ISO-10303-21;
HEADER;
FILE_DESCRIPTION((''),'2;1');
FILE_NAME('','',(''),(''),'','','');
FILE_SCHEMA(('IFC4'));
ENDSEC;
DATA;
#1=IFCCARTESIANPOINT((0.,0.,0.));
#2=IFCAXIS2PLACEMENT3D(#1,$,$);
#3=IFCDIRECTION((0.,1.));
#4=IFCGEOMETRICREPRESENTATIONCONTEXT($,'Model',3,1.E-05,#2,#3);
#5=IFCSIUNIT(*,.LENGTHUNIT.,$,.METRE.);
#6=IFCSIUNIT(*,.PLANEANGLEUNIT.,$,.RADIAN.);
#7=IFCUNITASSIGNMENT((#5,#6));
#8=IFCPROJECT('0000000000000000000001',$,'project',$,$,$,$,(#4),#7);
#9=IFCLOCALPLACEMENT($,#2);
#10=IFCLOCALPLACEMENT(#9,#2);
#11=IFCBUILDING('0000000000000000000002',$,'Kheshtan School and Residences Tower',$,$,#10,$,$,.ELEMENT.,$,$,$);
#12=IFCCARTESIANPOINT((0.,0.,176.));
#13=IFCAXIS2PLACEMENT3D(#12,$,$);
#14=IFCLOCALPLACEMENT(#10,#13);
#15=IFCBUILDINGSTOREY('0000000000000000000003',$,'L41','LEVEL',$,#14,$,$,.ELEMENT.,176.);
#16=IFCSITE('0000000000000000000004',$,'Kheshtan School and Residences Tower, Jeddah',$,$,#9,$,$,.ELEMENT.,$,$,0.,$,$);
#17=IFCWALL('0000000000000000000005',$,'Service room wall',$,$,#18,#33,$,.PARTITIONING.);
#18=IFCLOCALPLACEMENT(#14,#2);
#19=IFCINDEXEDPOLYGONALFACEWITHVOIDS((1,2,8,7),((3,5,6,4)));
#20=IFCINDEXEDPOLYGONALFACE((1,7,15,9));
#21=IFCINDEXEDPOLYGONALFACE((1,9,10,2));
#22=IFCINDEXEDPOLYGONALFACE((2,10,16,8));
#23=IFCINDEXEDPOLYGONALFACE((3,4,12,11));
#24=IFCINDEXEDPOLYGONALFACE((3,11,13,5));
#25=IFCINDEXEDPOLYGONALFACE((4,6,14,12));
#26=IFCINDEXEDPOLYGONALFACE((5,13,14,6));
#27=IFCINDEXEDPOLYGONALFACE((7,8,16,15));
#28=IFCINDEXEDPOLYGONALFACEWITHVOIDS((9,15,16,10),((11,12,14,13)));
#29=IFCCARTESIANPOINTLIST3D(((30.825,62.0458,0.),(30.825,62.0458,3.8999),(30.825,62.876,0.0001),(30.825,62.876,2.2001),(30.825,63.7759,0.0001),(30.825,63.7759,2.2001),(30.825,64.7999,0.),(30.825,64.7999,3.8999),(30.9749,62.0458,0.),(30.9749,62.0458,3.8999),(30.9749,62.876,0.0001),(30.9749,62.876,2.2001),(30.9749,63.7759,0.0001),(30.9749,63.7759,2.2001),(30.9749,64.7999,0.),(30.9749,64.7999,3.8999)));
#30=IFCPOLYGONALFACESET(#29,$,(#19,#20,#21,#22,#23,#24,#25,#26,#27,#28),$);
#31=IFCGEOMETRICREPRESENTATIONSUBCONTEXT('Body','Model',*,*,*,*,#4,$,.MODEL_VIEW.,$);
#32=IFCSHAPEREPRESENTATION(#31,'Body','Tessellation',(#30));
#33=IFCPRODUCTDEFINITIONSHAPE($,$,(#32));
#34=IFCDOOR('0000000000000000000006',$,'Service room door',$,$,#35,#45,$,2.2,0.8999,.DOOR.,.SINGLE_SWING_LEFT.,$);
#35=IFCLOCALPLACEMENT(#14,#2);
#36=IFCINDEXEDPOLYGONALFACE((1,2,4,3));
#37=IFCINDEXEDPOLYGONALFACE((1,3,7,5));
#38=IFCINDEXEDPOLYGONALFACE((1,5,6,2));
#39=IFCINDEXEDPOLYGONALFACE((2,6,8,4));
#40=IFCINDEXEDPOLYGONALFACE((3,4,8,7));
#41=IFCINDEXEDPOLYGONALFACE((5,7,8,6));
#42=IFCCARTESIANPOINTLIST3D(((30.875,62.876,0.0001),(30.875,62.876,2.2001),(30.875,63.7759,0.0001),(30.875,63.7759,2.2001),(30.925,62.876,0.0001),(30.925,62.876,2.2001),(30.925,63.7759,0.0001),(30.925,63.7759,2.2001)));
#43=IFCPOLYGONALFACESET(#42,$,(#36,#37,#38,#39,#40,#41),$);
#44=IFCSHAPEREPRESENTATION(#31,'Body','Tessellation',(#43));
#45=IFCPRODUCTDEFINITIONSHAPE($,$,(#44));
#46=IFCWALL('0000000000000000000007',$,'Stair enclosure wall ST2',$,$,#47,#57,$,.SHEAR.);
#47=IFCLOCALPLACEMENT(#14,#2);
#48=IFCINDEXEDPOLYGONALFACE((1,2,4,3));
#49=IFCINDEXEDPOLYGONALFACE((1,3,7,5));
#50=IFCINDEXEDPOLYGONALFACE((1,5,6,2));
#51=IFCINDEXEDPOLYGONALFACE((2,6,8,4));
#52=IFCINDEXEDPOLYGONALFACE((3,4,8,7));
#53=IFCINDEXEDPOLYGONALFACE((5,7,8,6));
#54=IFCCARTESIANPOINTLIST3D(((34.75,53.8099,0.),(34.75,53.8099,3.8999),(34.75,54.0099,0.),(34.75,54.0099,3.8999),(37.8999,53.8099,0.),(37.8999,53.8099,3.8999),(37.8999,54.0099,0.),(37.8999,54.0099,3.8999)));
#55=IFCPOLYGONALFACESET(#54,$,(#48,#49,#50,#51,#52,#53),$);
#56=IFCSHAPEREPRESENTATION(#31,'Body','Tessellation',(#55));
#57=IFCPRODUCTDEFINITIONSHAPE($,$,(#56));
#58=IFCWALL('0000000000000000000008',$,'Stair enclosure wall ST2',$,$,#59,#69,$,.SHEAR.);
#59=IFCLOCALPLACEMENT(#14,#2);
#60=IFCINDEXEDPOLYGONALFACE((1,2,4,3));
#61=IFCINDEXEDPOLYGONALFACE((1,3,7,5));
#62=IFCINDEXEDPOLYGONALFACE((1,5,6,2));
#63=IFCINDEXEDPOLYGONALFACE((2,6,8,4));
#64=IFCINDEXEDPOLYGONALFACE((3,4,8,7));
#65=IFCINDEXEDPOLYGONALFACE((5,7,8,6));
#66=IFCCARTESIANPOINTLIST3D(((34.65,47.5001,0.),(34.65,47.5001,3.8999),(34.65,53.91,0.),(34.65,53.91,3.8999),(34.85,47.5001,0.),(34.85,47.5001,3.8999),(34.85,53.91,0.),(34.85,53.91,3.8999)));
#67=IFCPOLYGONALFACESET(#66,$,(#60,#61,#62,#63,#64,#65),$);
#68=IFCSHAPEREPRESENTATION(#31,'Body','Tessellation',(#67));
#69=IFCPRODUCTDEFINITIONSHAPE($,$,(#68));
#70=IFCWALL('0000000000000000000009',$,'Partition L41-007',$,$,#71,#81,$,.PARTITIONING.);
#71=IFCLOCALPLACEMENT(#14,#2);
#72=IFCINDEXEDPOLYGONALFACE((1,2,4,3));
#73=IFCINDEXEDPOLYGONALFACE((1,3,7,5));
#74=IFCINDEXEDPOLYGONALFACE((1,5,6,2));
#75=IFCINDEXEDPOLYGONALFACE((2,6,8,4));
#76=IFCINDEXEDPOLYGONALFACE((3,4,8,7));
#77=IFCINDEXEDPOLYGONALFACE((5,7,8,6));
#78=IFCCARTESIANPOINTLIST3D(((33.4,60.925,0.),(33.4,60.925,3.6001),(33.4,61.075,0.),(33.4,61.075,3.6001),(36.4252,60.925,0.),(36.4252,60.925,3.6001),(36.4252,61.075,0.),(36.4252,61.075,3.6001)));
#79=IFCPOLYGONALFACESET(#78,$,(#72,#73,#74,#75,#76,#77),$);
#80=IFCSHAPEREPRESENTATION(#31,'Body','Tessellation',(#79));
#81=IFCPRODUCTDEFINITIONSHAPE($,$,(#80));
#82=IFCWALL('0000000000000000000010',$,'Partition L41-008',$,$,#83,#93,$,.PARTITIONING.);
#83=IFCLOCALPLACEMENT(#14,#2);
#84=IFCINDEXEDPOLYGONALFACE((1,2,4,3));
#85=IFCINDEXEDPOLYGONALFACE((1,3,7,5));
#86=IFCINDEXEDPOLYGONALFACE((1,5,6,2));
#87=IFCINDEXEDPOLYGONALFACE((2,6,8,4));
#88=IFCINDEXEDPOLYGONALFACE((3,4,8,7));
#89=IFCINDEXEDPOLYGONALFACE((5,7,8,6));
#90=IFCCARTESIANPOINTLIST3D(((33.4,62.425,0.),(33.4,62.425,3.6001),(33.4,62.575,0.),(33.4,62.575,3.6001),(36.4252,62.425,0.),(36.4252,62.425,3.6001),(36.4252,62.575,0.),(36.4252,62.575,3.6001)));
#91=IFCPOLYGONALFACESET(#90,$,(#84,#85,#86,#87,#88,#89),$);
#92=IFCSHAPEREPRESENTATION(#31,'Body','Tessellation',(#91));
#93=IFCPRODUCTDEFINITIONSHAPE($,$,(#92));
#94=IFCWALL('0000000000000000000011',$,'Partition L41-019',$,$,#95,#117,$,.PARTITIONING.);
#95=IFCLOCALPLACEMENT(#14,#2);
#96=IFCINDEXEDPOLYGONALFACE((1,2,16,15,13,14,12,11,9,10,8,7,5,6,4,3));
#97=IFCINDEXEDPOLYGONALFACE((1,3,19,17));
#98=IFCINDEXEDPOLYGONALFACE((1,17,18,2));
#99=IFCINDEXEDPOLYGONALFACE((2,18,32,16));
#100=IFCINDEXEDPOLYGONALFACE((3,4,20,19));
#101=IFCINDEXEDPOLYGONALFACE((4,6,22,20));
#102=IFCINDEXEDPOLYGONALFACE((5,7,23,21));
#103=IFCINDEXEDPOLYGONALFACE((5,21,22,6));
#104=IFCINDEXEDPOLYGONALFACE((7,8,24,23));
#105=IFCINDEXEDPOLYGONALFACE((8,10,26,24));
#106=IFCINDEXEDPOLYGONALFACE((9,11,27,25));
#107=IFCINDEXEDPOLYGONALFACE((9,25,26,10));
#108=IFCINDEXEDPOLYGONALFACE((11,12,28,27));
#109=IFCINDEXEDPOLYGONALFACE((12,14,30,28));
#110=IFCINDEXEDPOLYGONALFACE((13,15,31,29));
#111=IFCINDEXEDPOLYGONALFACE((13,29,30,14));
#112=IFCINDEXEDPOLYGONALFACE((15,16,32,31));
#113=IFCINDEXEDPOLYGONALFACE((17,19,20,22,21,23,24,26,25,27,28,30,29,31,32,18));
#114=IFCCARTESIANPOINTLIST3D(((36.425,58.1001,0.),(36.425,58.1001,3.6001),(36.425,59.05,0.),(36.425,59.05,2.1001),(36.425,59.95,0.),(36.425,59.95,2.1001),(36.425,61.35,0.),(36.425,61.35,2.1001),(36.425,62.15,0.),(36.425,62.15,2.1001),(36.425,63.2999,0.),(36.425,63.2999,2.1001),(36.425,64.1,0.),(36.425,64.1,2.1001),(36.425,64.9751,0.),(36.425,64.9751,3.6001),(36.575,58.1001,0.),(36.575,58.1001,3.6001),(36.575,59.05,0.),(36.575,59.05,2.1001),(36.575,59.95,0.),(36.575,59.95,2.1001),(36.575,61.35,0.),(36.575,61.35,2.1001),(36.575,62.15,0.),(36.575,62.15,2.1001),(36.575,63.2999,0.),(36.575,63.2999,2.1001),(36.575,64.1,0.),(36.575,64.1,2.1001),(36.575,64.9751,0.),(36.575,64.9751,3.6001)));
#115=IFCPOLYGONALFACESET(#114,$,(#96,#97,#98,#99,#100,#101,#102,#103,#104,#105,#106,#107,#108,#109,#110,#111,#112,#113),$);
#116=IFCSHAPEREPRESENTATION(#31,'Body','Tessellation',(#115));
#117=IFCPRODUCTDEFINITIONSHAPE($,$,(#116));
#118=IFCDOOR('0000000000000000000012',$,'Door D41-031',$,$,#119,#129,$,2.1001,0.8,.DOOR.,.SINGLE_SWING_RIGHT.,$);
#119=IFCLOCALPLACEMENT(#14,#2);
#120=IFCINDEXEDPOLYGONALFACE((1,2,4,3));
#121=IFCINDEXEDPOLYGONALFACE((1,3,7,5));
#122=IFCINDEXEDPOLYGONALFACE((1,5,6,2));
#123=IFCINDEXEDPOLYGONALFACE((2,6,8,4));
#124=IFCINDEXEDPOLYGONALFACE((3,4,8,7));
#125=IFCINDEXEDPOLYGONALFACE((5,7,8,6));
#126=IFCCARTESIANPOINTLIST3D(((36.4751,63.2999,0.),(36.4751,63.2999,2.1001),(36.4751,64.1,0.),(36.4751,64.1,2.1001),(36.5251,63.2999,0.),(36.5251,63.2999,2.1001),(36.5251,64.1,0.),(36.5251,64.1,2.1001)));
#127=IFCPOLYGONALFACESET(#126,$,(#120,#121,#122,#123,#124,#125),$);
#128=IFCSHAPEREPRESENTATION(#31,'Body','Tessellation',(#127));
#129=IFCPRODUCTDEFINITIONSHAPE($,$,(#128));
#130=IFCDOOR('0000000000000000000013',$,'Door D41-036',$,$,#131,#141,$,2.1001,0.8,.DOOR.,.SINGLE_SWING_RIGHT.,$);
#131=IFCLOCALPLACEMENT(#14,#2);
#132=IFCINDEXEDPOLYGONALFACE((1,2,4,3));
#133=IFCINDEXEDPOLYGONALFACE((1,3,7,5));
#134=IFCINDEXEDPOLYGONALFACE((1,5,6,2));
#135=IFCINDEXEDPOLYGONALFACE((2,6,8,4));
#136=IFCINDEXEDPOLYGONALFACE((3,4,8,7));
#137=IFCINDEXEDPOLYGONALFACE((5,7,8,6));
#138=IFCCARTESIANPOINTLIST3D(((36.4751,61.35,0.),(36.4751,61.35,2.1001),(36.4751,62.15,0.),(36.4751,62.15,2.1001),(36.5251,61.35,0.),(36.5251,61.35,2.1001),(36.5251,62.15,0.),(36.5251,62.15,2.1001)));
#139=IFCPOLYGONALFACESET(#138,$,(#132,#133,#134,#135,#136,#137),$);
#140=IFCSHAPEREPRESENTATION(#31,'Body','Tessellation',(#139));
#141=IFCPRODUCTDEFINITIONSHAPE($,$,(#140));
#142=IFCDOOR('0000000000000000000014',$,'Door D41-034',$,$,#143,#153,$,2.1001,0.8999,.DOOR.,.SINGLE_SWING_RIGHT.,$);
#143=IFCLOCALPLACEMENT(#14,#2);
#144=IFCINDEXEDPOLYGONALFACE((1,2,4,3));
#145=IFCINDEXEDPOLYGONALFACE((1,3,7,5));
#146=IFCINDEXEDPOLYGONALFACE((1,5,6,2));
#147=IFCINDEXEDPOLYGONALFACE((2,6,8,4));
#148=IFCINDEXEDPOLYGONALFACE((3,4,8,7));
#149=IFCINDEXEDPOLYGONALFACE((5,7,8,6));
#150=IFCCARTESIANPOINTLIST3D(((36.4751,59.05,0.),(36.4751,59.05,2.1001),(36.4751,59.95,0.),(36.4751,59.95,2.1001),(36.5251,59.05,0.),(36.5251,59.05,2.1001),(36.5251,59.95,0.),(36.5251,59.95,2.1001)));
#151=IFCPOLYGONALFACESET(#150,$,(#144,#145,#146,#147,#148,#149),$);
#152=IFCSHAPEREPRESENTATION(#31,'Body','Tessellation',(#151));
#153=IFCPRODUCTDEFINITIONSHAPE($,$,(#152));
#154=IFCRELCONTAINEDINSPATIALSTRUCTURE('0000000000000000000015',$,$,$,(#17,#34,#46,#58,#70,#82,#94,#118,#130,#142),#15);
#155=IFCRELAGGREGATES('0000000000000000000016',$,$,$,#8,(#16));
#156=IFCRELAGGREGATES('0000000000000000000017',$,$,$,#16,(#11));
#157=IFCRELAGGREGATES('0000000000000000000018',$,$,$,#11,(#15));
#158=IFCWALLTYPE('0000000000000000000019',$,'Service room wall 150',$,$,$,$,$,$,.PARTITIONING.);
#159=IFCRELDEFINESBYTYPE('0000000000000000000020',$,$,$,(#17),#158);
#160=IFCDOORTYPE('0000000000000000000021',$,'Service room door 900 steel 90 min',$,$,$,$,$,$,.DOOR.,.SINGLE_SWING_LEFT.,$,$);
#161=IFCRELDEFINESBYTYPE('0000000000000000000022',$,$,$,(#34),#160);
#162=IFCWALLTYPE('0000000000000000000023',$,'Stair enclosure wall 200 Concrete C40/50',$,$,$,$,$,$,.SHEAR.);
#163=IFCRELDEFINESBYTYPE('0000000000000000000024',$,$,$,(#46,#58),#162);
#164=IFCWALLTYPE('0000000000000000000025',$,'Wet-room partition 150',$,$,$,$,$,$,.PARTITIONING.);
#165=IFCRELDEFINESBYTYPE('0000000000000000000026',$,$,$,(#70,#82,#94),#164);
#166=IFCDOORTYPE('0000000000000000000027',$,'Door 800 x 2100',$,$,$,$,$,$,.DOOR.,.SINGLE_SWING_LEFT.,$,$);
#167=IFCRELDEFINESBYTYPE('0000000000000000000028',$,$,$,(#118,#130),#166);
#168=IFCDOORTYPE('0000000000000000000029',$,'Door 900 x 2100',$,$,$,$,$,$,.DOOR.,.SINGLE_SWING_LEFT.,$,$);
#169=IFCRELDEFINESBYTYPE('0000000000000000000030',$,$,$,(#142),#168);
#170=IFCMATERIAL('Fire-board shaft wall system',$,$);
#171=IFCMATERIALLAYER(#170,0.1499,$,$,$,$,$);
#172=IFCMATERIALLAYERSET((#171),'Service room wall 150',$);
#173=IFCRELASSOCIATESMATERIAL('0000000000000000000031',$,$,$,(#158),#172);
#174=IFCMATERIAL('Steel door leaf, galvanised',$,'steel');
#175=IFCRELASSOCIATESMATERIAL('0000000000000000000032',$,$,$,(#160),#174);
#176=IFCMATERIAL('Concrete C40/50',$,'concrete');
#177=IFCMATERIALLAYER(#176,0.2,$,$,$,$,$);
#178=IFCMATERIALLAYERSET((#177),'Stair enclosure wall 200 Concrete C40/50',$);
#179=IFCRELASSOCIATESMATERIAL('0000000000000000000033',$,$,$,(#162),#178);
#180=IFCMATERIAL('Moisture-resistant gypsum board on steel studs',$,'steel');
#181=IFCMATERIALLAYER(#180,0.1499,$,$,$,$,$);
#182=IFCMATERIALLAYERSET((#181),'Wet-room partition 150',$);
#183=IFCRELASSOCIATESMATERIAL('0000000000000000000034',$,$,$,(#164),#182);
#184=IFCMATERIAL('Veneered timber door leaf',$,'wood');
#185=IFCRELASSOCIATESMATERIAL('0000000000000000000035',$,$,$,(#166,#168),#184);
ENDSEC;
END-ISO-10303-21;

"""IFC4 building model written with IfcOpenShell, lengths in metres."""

from ifc_helpers import new_model, si_unit, direction, frame, frame_2d, origin, place, context, subcontext, project, spatial, rectangle, extrude, source, transform, mapped, material, layer, layer_set, type_object, element, fill, save


model = new_model("IFC4")

# Units and contexts
model_context = context("Model", 3, precision=1e-05, world=origin(), true_north=direction((0.0, 1.0)))
body_context = subcontext(model_context, "Body", "Model", "MODEL_VIEW")
ifc_project = project(units=[si_unit("LENGTHUNIT", "METRE"), si_unit("PLANEANGLEUNIT", "RADIAN")], contexts=[model_context])

# Site, building, storey
site_placement = place(None, origin())
site = spatial("IfcSite", under=ifc_project, at=site_placement, Name="Kheshtan School and Residences Tower, Jeddah", CompositionType="ELEMENT", RefElevation=0.0)
building_placement = place(site_placement, origin())
building = spatial("IfcBuilding", under=site, at=building_placement, Name="Kheshtan School and Residences Tower", CompositionType="ELEMENT")
storey_placement = place(building_placement, frame((0.0, 0.0, 176.0)))
storey = spatial("IfcBuildingStorey", under=building, at=storey_placement, Name="L41", Description="LEVEL", CompositionType="ELEMENT", Elevation=176.0)

# Shared definitions
ifc_material_1 = material(Name="Fire-board shaft wall system")
ifc_layer_1 = layer(ifc_material_1, 0.1499)
ifc_layer_set_1 = layer_set([ifc_layer_1], Name="Service room wall 150")
wall_type_1 = type_object("IfcWallType", Name="Service room wall 150", PredefinedType="PARTITIONING", material=ifc_layer_set_1)

# Wall, opening, door
wall_1_placement = place(storey_placement, frame((30.8999, 62.0459, 0.0), z_axis=(0.0, 0.0, 1.0), x_axis=(0.0, 1.0, 0.0)))
wall_1 = element("IfcWall", 1, at=wall_1_placement, inside=storey, type_object=wall_type_1, Name="Service room wall", PredefinedType="PARTITIONING", context=body_context, shape_type="SweptSolid", body=[
    extrude(rectangle(XDim=2.7542, YDim=0.1499, at=frame_2d((1.377, 0.0))), origin(), (0.0, 0.0, 1.0), 3.8999),
])
opening_1_placement = place(wall_1_placement, frame((0.8301, 0.0, 0.0)))
opening_1 = element("IfcOpeningElement", 2, at=opening_1_placement, cuts=wall_1, PredefinedType="OPENING", context=body_context, shape_type="SweptSolid", body=[
    extrude(rectangle(XDim=0.8999, YDim=2.2, at=frame_2d((0.45, 1.1001))), frame((0.0, 0.085, 0.0), z_axis=(0.0, -1.0, 0.0), x_axis=(1.0, 0.0, 0.0)), (0.0, 0.0, 1.0), 0.1699),
])
ifc_material_2 = material(Name="Steel door leaf, galvanised", Category="steel")
door_type_1 = type_object("IfcDoorType", Name="Service room door 900 steel 90 min", OperationType="SINGLE_SWING_LEFT", PredefinedType="DOOR", material=ifc_material_2)
shared_shape_1 = source(origin(), body_context, "Body", "SweptSolid", [
    extrude(rectangle(XDim=0.8999, YDim=2.2, at=frame_2d((0.45, 1.1001))), frame((0.0, 0.0249, 0.0), z_axis=(0.0, -1.0, 0.0), x_axis=(1.0, 0.0, 0.0)), (0.0, 0.0, 1.0), 0.05),
])
door_1_placement = place(opening_1_placement, origin())
door_1 = element("IfcDoor", 3, at=door_1_placement, inside=storey, type_object=door_type_1, Name="Service room door", OperationType="SINGLE_SWING_LEFT", OverallHeight=2.2, OverallWidth=0.8999, PredefinedType="DOOR", context=body_context, shape_type="MappedRepresentation", body=[
    mapped(shared_shape_1, transform((0.0, 0.0, 0.0), x_axis=(1.0, 0.0, 0.0), y_axis=(0.0, 1.0, 0.0), z_axis=(0.0, 0.0, 1.0), scale=1.0)),
])
fill(opening_1, door_1)

# Walls
ifc_material_3 = material(Name="Concrete C40/50", Category="concrete")
ifc_layer_2 = layer(ifc_material_3, 0.2)
ifc_layer_set_2 = layer_set([ifc_layer_2], Name="Stair enclosure wall 200 Concrete C40/50")
wall_type_2 = type_object("IfcWallType", Name="Stair enclosure wall 200 Concrete C40/50", PredefinedType="SHEAR", material=ifc_layer_set_2)
wall_2_placement = place(storey_placement, frame((34.75, 53.9099, 0.0), z_axis=(0.0, 0.0, 1.0), x_axis=(1.0, 0.0, 0.0)))
element("IfcWall", 4, at=wall_2_placement, inside=storey, type_object=wall_type_2, Name="Stair enclosure wall ST2", PredefinedType="SHEAR", context=body_context, shape_type="SweptSolid", body=[
    extrude(rectangle(XDim=3.1499, YDim=0.2, at=frame_2d((1.575, 0.0))), origin(), (0.0, 0.0, 1.0), 3.8999),
])
wall_3_placement = place(storey_placement, frame((34.75, 47.5, 0.0), z_axis=(0.0, 0.0, 1.0), x_axis=(0.0, 1.0, 0.0)))
element("IfcWall", 5, at=wall_3_placement, inside=storey, type_object=wall_type_2, Name="Stair enclosure wall ST2", PredefinedType="SHEAR", context=body_context, shape_type="SweptSolid", body=[
    extrude(rectangle(XDim=6.4099, YDim=0.2, at=frame_2d((3.2051, 0.0))), origin(), (0.0, 0.0, 1.0), 3.8999),
])
ifc_material_4 = material(Name="Moisture-resistant gypsum board on steel studs", Category="steel")
ifc_layer_3 = layer(ifc_material_4, 0.1499)
ifc_layer_set_3 = layer_set([ifc_layer_3], Name="Wet-room partition 150")
wall_type_3 = type_object("IfcWallType", Name="Wet-room partition 150", PredefinedType="PARTITIONING", material=ifc_layer_set_3)
for number, where, z_axis, x_axis, name in (
    (6, (33.3999, 61.0, 0.0), (0.0, 0.0, 1.0), (1.0, 0.0, 0.0), "Partition L41-007"),
    (7, (33.3999, 62.5, 0.0), (0.0, 0.0, 1.0), (1.0, 0.0, 0.0), "Partition L41-008"),
):
    element("IfcWall", number, at=place(storey_placement, frame(where, z_axis=z_axis, x_axis=x_axis)), inside=storey, type_object=wall_type_3, Name=name, PredefinedType="PARTITIONING", context=body_context, shape_type="SweptSolid", body=[
        extrude(rectangle(XDim=3.0251, YDim=0.1499, at=frame_2d((1.5127, 0.0))), origin(), (0.0, 0.0, 1.0), 3.6001),
    ])

# Wall, openings, doors
wall_4_placement = place(storey_placement, frame((36.5, 58.1001, 0.0), z_axis=(0.0, 0.0, 1.0), x_axis=(0.0, 1.0, 0.0)))
wall_4 = element("IfcWall", 8, at=wall_4_placement, inside=storey, type_object=wall_type_3, Name="Partition L41-019", PredefinedType="PARTITIONING", context=body_context, shape_type="SweptSolid", body=[
    extrude(rectangle(XDim=6.875, YDim=0.1499, at=frame_2d((3.4375, 0.0))), origin(), (0.0, 0.0, 1.0), 3.6001),
])
opening_2_placement = place(wall_4_placement, frame((5.2, 0.0, 0.0)))
opening_2 = element("IfcOpeningElement", 9, at=opening_2_placement, cuts=wall_4, PredefinedType="OPENING", context=body_context, shape_type="SweptSolid", body=[
    extrude(rectangle(XDim=0.8, YDim=2.1001, at=frame_2d((0.3999, 1.05))), frame((0.0, 0.085, 0.0), z_axis=(0.0, -1.0, 0.0), x_axis=(1.0, 0.0, 0.0)), (0.0, 0.0, 1.0), 0.1699),
])
opening_3_placement = place(wall_4_placement, frame((0.95, 0.0, 0.0)))
opening_3 = element("IfcOpeningElement", 10, at=opening_3_placement, cuts=wall_4, PredefinedType="OPENING", context=body_context, shape_type="SweptSolid", body=[
    extrude(rectangle(XDim=0.8999, YDim=2.1001, at=frame_2d((0.45, 1.05))), frame((0.0, 0.085, 0.0), z_axis=(0.0, -1.0, 0.0), x_axis=(1.0, 0.0, 0.0)), (0.0, 0.0, 1.0), 0.1699),
])
opening_4_placement = place(wall_4_placement, frame((3.25, 0.0, 0.0)))
opening_4 = element("IfcOpeningElement", 11, at=opening_4_placement, cuts=wall_4, PredefinedType="OPENING", context=body_context, shape_type="SweptSolid", body=[
    extrude(rectangle(XDim=0.8, YDim=2.1001, at=frame_2d((0.3999, 1.05))), frame((0.0, 0.085, 0.0), z_axis=(0.0, -1.0, 0.0), x_axis=(1.0, 0.0, 0.0)), (0.0, 0.0, 1.0), 0.1699),
])
ifc_material_5 = material(Name="Veneered timber door leaf", Category="wood")
door_type_2 = type_object("IfcDoorType", Name="Door 800 x 2100", OperationType="SINGLE_SWING_LEFT", PredefinedType="DOOR", material=ifc_material_5)
shared_shape_2 = source(origin(), body_context, "Body", "SweptSolid", [
    extrude(rectangle(XDim=0.8, YDim=2.1001, at=frame_2d((0.3999, 1.05))), frame((0.0, 0.0249, 0.0), z_axis=(0.0, -1.0, 0.0), x_axis=(1.0, 0.0, 0.0)), (0.0, 0.0, 1.0), 0.05),
])
door_2_placement = place(opening_2_placement, origin())
door_2 = element("IfcDoor", 12, at=door_2_placement, inside=storey, type_object=door_type_2, Name="Door D41-031", OperationType="SINGLE_SWING_RIGHT", OverallHeight=2.1001, OverallWidth=0.8, PredefinedType="DOOR", context=body_context, shape_type="MappedRepresentation", body=[
    mapped(shared_shape_2, transform((0.0, 0.0, 0.0), x_axis=(1.0, 0.0, 0.0), y_axis=(0.0, 1.0, 0.0), z_axis=(0.0, 0.0, 1.0), scale=1.0)),
])
fill(opening_2, door_2)
door_3_placement = place(opening_4_placement, origin())
door_3 = element("IfcDoor", 13, at=door_3_placement, inside=storey, type_object=door_type_2, Name="Door D41-036", OperationType="SINGLE_SWING_RIGHT", OverallHeight=2.1001, OverallWidth=0.8, PredefinedType="DOOR", context=body_context, shape_type="MappedRepresentation", body=[
    mapped(shared_shape_2, transform((0.0, 0.0, 0.0), x_axis=(1.0, 0.0, 0.0), y_axis=(0.0, 1.0, 0.0), z_axis=(0.0, 0.0, 1.0), scale=1.0)),
])
fill(opening_4, door_3)
door_type_3 = type_object("IfcDoorType", Name="Door 900 x 2100", OperationType="SINGLE_SWING_LEFT", PredefinedType="DOOR", material=ifc_material_5)
shared_shape_3 = source(origin(), body_context, "Body", "SweptSolid", [
    extrude(rectangle(XDim=0.8999, YDim=2.1001, at=frame_2d((0.45, 1.05))), frame((0.0, 0.0249, 0.0), z_axis=(0.0, -1.0, 0.0), x_axis=(1.0, 0.0, 0.0)), (0.0, 0.0, 1.0), 0.05),
])
door_4_placement = place(opening_3_placement, origin())
door_4 = element("IfcDoor", 14, at=door_4_placement, inside=storey, type_object=door_type_3, Name="Door D41-034", OperationType="SINGLE_SWING_RIGHT", OverallHeight=2.1001, OverallWidth=0.8999, PredefinedType="DOOR", context=body_context, shape_type="MappedRepresentation", body=[
    mapped(shared_shape_3, transform((0.0, 0.0, 0.0), x_axis=(1.0, 0.0, 0.0), y_axis=(0.0, 1.0, 0.0), z_axis=(0.0, 0.0, 1.0), scale=1.0)),
])
fill(opening_3, door_4)

save(model, "model.ifc")
